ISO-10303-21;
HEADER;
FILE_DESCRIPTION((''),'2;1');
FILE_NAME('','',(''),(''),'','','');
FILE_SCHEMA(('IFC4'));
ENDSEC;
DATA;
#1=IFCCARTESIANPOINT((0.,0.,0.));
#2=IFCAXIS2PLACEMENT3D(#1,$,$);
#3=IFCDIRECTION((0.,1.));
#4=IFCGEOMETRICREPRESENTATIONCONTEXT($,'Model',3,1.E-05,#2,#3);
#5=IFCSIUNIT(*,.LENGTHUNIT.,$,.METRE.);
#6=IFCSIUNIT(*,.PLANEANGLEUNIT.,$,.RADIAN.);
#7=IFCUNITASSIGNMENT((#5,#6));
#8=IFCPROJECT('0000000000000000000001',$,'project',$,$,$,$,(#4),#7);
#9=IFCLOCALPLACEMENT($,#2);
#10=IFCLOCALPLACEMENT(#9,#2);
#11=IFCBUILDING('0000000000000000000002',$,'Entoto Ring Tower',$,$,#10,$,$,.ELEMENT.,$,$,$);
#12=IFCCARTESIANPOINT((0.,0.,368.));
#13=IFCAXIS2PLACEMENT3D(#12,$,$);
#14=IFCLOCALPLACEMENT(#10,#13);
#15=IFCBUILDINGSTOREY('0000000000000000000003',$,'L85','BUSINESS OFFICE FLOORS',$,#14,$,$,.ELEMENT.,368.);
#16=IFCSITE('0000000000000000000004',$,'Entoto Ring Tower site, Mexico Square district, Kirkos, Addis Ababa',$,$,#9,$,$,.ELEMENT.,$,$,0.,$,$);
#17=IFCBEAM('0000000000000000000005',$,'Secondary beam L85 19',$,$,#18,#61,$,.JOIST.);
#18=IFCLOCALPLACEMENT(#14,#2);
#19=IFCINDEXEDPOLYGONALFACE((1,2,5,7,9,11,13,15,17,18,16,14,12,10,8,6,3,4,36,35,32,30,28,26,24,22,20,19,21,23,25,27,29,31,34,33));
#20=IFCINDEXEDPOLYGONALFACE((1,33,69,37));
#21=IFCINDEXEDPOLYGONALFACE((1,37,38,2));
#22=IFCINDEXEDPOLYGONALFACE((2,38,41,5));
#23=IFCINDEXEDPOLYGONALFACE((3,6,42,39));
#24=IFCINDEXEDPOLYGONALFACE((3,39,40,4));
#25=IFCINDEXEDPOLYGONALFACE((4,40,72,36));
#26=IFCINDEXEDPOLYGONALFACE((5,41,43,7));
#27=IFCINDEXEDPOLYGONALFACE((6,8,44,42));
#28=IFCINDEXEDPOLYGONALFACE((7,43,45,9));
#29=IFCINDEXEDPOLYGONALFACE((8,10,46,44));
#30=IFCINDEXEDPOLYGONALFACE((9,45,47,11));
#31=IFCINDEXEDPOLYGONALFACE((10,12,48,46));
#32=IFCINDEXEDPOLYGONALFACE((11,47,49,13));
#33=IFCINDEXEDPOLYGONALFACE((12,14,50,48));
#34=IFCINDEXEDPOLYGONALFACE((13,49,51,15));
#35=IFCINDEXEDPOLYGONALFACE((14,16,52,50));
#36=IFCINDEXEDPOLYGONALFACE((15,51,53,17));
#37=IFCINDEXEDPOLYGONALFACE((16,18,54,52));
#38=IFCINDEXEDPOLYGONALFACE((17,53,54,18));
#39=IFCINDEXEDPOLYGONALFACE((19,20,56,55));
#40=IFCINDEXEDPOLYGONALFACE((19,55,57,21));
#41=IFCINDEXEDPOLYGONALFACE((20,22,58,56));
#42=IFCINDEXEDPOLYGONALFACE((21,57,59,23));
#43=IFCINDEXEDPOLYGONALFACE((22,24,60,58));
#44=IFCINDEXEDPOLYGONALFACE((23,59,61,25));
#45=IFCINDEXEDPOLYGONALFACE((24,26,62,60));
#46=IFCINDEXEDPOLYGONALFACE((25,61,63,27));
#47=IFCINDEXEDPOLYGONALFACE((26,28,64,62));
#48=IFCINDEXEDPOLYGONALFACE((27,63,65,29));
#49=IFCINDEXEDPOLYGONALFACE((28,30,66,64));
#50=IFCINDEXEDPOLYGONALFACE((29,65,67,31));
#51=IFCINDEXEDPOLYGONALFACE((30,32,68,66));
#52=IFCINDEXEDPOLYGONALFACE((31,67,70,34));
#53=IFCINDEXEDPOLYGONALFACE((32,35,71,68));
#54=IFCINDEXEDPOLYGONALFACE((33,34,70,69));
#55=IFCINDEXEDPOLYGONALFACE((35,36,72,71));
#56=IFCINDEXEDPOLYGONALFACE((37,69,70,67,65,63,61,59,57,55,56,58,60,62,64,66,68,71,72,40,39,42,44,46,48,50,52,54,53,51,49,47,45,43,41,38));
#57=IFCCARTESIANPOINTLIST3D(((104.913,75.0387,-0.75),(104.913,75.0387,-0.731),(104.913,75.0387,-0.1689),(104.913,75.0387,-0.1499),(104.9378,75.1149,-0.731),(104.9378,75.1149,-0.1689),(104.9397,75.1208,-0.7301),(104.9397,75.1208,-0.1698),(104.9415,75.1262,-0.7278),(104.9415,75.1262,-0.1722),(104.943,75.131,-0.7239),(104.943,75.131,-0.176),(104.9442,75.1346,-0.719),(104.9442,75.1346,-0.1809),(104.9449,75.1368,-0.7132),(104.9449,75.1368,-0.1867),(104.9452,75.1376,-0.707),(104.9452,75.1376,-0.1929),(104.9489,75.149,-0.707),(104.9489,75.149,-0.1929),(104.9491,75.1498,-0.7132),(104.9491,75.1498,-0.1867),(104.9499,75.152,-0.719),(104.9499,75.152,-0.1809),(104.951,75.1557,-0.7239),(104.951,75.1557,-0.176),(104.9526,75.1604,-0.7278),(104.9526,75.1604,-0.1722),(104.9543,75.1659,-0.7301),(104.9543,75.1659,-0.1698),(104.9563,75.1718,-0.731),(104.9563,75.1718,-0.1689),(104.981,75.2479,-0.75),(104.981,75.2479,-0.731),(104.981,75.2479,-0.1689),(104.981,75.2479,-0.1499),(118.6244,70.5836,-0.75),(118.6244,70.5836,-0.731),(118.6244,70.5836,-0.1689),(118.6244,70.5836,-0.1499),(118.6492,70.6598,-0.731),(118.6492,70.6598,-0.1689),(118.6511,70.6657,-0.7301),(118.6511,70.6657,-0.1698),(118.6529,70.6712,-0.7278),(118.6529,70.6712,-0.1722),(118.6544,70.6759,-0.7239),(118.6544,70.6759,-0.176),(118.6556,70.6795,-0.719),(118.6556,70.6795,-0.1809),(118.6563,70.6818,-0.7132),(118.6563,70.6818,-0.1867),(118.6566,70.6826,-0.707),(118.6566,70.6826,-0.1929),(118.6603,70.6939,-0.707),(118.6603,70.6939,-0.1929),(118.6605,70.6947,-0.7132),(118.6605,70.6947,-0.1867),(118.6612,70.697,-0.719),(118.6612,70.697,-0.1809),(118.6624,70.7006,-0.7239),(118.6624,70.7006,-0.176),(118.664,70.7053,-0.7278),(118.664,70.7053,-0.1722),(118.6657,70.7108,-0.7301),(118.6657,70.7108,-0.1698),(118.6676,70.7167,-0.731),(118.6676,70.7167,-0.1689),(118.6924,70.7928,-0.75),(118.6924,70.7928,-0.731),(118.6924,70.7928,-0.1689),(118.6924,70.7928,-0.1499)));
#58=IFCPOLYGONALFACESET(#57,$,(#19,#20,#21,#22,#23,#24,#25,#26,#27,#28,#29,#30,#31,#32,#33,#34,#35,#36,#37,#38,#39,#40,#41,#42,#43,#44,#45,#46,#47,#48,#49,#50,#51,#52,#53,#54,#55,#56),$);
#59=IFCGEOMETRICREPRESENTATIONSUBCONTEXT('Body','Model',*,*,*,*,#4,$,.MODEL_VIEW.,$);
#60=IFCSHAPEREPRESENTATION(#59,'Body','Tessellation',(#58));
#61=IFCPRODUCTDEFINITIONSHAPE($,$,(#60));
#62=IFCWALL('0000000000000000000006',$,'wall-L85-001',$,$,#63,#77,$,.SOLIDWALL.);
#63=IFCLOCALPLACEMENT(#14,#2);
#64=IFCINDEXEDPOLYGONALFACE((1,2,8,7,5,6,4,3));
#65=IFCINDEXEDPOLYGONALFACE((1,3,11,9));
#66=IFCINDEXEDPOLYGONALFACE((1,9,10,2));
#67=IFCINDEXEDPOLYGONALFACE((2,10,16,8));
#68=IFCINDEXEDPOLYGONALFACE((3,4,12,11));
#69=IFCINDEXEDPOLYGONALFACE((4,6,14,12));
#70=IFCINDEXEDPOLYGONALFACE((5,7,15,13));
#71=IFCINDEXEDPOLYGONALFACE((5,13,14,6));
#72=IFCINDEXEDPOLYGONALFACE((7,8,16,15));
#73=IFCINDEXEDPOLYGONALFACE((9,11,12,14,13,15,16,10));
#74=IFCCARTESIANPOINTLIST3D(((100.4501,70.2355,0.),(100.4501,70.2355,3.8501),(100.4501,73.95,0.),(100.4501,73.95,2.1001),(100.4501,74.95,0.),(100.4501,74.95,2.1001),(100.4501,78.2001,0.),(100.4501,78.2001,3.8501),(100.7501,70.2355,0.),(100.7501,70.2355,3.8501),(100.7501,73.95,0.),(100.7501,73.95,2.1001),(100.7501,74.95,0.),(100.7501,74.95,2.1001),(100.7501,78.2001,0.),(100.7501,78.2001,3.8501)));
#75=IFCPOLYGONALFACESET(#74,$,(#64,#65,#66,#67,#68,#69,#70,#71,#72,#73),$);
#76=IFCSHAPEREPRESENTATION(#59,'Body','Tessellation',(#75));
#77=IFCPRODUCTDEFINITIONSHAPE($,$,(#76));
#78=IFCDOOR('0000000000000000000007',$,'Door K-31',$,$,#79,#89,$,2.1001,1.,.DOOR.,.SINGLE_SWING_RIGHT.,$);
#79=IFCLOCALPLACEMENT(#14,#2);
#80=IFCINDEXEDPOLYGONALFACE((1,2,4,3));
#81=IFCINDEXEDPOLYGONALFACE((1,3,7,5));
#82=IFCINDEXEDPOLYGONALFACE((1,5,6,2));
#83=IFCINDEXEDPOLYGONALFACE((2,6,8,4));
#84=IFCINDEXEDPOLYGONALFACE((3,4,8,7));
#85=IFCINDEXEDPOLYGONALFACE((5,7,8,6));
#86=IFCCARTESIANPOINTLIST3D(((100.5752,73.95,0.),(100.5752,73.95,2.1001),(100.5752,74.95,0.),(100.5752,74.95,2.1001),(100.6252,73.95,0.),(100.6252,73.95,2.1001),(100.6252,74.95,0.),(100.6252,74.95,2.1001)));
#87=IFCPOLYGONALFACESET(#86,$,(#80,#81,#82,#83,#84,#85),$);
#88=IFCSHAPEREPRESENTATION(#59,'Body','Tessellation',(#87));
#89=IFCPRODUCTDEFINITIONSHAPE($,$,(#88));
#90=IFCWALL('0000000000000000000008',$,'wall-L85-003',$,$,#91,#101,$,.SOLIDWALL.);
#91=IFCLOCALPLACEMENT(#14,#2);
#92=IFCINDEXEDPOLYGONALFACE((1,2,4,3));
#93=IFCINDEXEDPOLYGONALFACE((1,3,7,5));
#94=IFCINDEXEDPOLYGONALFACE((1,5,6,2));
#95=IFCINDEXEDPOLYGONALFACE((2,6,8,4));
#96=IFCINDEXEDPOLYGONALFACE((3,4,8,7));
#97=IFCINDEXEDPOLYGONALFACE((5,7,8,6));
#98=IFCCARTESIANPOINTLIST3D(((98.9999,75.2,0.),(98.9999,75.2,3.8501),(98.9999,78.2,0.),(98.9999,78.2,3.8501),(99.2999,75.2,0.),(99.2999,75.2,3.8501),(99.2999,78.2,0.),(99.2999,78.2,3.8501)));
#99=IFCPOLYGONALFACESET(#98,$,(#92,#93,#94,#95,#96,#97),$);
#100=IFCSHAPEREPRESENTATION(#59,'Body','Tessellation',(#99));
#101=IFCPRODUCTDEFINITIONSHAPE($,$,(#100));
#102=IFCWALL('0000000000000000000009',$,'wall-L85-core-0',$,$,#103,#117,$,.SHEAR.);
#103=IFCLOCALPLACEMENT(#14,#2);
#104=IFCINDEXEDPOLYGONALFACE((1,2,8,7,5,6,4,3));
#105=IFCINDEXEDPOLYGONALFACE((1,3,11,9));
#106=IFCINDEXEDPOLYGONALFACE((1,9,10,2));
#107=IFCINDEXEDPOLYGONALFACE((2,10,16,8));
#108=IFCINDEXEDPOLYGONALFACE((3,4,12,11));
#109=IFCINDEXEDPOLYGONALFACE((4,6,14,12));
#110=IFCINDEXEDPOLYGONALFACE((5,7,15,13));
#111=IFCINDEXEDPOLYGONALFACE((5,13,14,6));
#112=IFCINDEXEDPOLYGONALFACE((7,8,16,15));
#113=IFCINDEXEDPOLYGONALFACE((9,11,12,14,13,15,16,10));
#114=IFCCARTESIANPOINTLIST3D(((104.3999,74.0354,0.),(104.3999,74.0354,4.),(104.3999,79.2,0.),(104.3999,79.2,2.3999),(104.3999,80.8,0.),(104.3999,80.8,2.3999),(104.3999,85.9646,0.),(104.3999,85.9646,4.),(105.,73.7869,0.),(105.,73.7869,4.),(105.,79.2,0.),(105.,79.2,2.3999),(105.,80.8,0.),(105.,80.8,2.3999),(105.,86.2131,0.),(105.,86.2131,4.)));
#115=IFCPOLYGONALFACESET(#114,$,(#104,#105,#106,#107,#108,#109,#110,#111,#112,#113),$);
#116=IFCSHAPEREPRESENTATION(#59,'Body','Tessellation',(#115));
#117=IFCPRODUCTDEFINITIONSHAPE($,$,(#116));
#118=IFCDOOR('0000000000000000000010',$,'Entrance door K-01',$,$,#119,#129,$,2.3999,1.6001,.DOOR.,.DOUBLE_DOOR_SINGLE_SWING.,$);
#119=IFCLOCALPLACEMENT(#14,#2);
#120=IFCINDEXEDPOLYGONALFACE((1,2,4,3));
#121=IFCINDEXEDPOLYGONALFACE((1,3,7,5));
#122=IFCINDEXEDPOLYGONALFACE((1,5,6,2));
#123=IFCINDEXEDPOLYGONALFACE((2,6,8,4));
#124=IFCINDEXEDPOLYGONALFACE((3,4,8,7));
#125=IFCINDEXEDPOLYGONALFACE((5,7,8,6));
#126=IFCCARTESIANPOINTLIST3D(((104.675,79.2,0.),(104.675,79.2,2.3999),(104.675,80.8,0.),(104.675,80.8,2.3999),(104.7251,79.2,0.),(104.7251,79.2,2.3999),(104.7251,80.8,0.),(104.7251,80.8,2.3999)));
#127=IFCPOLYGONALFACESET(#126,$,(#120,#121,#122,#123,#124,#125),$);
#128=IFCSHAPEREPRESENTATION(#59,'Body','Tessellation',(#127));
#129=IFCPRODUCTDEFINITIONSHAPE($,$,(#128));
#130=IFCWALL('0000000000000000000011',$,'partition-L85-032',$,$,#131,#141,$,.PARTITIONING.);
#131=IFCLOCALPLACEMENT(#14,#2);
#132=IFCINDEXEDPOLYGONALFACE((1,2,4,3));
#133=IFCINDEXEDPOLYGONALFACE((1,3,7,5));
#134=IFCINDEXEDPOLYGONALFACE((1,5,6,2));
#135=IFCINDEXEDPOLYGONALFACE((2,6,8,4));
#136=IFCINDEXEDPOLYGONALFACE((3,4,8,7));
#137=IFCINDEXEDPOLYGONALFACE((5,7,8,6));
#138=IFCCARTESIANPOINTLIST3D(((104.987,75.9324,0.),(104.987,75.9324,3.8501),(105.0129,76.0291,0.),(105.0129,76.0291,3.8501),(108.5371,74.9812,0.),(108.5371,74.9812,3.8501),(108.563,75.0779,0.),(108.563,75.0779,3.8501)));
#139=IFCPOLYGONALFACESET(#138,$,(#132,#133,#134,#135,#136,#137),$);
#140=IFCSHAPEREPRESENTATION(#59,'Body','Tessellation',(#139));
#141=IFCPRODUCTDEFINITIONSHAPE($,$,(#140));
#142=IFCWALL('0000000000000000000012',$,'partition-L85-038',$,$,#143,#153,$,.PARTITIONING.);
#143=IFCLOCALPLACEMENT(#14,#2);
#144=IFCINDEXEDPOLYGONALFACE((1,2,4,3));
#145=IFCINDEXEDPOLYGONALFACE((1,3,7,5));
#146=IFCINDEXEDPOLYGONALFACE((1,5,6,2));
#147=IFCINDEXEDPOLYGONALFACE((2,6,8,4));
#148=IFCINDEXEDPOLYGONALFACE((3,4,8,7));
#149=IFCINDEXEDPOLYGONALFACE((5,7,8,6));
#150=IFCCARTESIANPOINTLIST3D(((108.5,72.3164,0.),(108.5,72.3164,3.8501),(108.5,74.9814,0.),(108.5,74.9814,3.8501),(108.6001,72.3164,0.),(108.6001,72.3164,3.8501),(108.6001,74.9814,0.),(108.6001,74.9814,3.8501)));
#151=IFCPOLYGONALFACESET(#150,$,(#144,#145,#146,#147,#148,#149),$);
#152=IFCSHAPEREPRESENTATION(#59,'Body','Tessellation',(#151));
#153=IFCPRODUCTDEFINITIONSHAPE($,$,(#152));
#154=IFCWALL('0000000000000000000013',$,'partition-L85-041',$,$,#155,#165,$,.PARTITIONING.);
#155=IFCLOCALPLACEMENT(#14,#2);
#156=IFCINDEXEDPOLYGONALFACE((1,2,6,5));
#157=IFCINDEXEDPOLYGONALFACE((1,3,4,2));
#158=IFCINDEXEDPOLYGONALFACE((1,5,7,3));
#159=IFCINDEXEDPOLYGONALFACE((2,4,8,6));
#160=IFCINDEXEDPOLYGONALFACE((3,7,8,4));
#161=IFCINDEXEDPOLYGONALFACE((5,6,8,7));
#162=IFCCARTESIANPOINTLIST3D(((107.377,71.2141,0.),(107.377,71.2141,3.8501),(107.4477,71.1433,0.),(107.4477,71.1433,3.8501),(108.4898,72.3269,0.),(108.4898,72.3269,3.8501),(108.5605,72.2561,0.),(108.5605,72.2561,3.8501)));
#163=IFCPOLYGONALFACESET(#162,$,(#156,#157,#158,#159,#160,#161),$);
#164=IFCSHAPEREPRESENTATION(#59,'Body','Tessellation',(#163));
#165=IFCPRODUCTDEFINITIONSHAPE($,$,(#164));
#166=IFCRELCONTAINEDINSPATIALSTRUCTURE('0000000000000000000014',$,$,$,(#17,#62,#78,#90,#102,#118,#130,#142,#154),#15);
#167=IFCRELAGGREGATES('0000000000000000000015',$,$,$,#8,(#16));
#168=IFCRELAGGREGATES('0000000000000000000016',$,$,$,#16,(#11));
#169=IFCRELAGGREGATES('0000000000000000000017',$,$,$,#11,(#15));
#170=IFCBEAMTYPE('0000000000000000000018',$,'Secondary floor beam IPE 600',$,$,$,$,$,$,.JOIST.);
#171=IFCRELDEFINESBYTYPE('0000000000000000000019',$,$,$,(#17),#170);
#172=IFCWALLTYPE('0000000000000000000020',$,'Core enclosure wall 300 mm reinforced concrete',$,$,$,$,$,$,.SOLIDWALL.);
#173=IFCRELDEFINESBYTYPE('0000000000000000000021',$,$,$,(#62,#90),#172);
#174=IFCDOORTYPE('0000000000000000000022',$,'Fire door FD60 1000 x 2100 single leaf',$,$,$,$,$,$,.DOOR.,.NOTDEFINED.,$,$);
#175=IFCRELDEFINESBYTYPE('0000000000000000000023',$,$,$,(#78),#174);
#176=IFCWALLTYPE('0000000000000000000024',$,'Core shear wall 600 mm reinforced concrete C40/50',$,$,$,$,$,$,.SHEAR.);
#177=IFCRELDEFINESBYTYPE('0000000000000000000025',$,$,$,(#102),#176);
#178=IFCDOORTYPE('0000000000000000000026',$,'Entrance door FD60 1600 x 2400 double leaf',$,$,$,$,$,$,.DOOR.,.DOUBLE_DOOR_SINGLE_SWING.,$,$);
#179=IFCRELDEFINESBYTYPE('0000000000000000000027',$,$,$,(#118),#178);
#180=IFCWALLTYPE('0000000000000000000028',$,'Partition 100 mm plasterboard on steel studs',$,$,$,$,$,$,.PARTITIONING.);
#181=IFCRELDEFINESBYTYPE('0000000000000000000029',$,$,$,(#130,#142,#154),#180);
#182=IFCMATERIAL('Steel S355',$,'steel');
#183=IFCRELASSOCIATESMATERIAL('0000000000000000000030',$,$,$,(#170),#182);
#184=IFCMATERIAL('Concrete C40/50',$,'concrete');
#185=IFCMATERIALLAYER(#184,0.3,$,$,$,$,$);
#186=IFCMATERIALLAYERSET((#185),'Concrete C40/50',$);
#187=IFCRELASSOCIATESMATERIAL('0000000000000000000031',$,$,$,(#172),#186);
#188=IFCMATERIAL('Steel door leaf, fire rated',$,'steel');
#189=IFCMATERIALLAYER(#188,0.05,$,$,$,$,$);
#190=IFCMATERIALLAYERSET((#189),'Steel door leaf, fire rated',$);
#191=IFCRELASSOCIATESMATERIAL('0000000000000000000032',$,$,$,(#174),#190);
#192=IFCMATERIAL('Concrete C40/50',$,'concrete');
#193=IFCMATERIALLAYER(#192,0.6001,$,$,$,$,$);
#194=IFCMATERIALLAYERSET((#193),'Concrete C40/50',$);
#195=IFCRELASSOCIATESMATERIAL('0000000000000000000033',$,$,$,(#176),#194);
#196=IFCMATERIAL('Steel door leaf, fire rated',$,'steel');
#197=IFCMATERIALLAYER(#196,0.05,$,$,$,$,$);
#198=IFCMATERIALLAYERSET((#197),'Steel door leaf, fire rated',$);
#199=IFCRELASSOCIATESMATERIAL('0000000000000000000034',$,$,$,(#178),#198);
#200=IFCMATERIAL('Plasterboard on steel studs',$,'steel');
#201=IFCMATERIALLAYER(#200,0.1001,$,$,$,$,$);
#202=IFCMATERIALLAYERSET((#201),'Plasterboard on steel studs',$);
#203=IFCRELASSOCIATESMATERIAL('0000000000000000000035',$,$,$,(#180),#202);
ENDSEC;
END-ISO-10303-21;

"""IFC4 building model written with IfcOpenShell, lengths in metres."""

from ifc_helpers import new_model, si_unit, direction, frame, frame_2d, origin, origin_2d, place, context, subcontext, project, spatial, polyline, rectangle, i_section, outline, extrude, material, layer, layer_set, material_profile, profile_set, type_object, element, fill, save


model = new_model("IFC4")

# Units and contexts
model_context = context("Model", 3, precision=1e-05, world=origin(), true_north=direction((0.0, 1.0)))
body_context = subcontext(model_context, "Body", "Model", "MODEL_VIEW")
ifc_project = project(units=[si_unit("LENGTHUNIT", "METRE"), si_unit("PLANEANGLEUNIT", "RADIAN")], contexts=[model_context])

# Site, building, storey
site_placement = place(None, origin())
site = spatial("IfcSite", under=ifc_project, at=site_placement, Name="Entoto Ring Tower site, Mexico Square district, Kirkos, Addis Ababa", CompositionType="ELEMENT", RefElevation=0.0)
building_placement = place(site_placement, origin())
building = spatial("IfcBuilding", under=site, at=building_placement, Name="Entoto Ring Tower", CompositionType="ELEMENT")
storey_placement = place(building_placement, frame((0.0, 0.0, 368.0)))
storey = spatial("IfcBuildingStorey", under=building, at=storey_placement, Name="L85", Description="BUSINESS OFFICE FLOORS", CompositionType="ELEMENT", Elevation=368.0)

# Beam
ifc_material_1 = material(Name="Steel S355", Category="steel")
ifc_material_profile_1 = material_profile(ifc_material_1, i_section(OverallWidth=0.22, OverallDepth=0.6001, WebThickness=0.012, FlangeThickness=0.019, FilletRadius=0.0239, at=origin_2d()), Name="IPE 600")
ifc_profile_set_1 = profile_set([ifc_material_profile_1], Name="Steel S355")
beam_type_1 = type_object("IfcBeamType", Name="Secondary floor beam IPE 600", PredefinedType="JOIST", material=ifc_profile_set_1)
beam_1_placement = place(storey_placement, frame((104.947, 75.1433, -0.45), z_axis=(0.951057, -0.309015, 0.0), x_axis=(0.309015, 0.951057, 0.0)))
element("IfcBeam", 1, at=beam_1_placement, inside=storey, type_object=beam_type_1, Name="Secondary beam L85 19", PredefinedType="JOIST", context=body_context, shape_type="SweptSolid", body=[
    extrude(i_section(OverallWidth=0.22, OverallDepth=0.6001, WebThickness=0.012, FlangeThickness=0.019, FilletRadius=0.0239, at=origin_2d()), origin(), (0.0, 0.0, 1.0), 14.417),
])

# Wall, opening, door
ifc_material_2 = material(Name="Concrete C40/50", Category="concrete")
ifc_layer_1 = layer(ifc_material_2, 0.3)
ifc_layer_set_1 = layer_set([ifc_layer_1], Name="Concrete C40/50")
wall_type_1 = type_object("IfcWallType", Name="Core enclosure wall 300 mm reinforced concrete", PredefinedType="SOLIDWALL", material=ifc_layer_set_1)
wall_1_placement = place(storey_placement, frame((100.6001, 70.2354, 0.0), z_axis=(0.0, 0.0, 1.0), x_axis=(0.0, 1.0, 0.0)))
wall_1 = element("IfcWall", 2, at=wall_1_placement, inside=storey, type_object=wall_type_1, Name="wall-L85-001", PredefinedType="SOLIDWALL", context=body_context, shape_type="SweptSolid", body=[
    extrude(rectangle(XDim=7.9646, YDim=0.3, at=frame_2d((3.9824, 0.0))), origin(), (0.0, 0.0, 1.0), 3.8501),
])
opening_1_placement = place(wall_1_placement, frame((3.7146, 0.0, 0.0)))
opening_1 = element("IfcOpeningElement", 3, at=opening_1_placement, cuts=wall_1, PredefinedType="OPENING", context=body_context, shape_type="SweptSolid", body=[
    extrude(rectangle(XDim=1.0, YDim=2.1001, at=frame_2d((0.5, 1.05))), frame((0.0, 0.1602, 0.0), z_axis=(0.0, -1.0, 0.0), x_axis=(1.0, 0.0, 0.0)), (0.0, 0.0, 1.0), 0.3201),
])
ifc_material_3 = material(Name="Steel door leaf, fire rated", Category="steel")
ifc_layer_2 = layer(ifc_material_3, 0.05)
ifc_layer_set_2 = layer_set([ifc_layer_2], Name="Steel door leaf, fire rated")
door_type_1 = type_object("IfcDoorType", Name="Fire door FD60 1000 x 2100 single leaf", OperationType="NOTDEFINED", PredefinedType="DOOR", material=ifc_layer_set_2)
door_1_placement = place(opening_1_placement, origin())
door_1 = element("IfcDoor", 4, at=door_1_placement, inside=storey, type_object=door_type_1, Name="Door K-31", OperationType="SINGLE_SWING_RIGHT", OverallHeight=2.1001, OverallWidth=1.0, PredefinedType="DOOR", context=body_context, shape_type="SweptSolid", body=[
    extrude(rectangle(XDim=1.0, YDim=2.1001, at=frame_2d((0.5, 1.05))), frame((0.0, 0.0249, 0.0), z_axis=(0.0, -1.0, 0.0), x_axis=(1.0, 0.0, 0.0)), (0.0, 0.0, 1.0), 0.05),
])
fill(opening_1, door_1)

# Wall
wall_2_placement = place(storey_placement, frame((99.1499, 75.2, 0.0), z_axis=(0.0, 0.0, 1.0), x_axis=(0.0, 1.0, 0.0)))
element("IfcWall", 5, at=wall_2_placement, inside=storey, type_object=wall_type_1, Name="wall-L85-003", PredefinedType="SOLIDWALL", context=body_context, shape_type="SweptSolid", body=[
    extrude(rectangle(XDim=3.0, YDim=0.3, at=frame_2d((1.5, 0.0))), origin(), (0.0, 0.0, 1.0), 3.8501),
])

# Wall, opening, door
ifc_material_4 = material(Name="Concrete C40/50", Category="concrete")
ifc_layer_3 = layer(ifc_material_4, 0.6001)
ifc_layer_set_3 = layer_set([ifc_layer_3], Name="Concrete C40/50")
wall_type_2 = type_object("IfcWallType", Name="Core shear wall 600 mm reinforced concrete C40/50", PredefinedType="SHEAR", material=ifc_layer_set_3)
wall_3_placement = place(storey_placement, frame((104.7, 73.9111, 0.0), z_axis=(0.0, 0.0, 1.0), x_axis=(0.0, 1.0, 0.0)))
wall_3 = element("IfcWall", 6, at=wall_3_placement, inside=storey, type_object=wall_type_2, Name="wall-L85-core-0", PredefinedType="SHEAR", context=body_context, shape_type="SweptSolid", body=[
    extrude(outline(polyline([(-0.1243, -0.3), (12.302, -0.3), (12.0535, 0.3), (0.1243, 0.3), (-0.1243, -0.3)])), origin(), (0.0, 0.0, 1.0), 4.0),
])
opening_2_placement = place(wall_3_placement, frame((5.2888, 0.0, 0.0)))
opening_2 = element("IfcOpeningElement", 7, at=opening_2_placement, cuts=wall_3, PredefinedType="OPENING", context=body_context, shape_type="SweptSolid", body=[
    extrude(rectangle(XDim=1.6001, YDim=2.3999, at=frame_2d((0.8, 1.2))), frame((0.0, 0.3101, 0.0), z_axis=(0.0, -1.0, 0.0), x_axis=(1.0, 0.0, 0.0)), (0.0, 0.0, 1.0), 0.6201),
])
ifc_material_5 = material(Name="Steel door leaf, fire rated", Category="steel")
ifc_layer_4 = layer(ifc_material_5, 0.05)
ifc_layer_set_4 = layer_set([ifc_layer_4], Name="Steel door leaf, fire rated")
door_type_2 = type_object("IfcDoorType", Name="Entrance door FD60 1600 x 2400 double leaf", OperationType="DOUBLE_DOOR_SINGLE_SWING", PredefinedType="DOOR", material=ifc_layer_set_4)
door_2_placement = place(opening_2_placement, origin())
door_2 = element("IfcDoor", 8, at=door_2_placement, inside=storey, type_object=door_type_2, Name="Entrance door K-01", OperationType="DOUBLE_DOOR_SINGLE_SWING", OverallHeight=2.3999, OverallWidth=1.6001, PredefinedType="DOOR", context=body_context, shape_type="SweptSolid", body=[
    extrude(rectangle(XDim=1.6001, YDim=2.3999, at=frame_2d((0.8, 1.2))), frame((0.0, 0.0249, 0.0), z_axis=(0.0, -1.0, 0.0), x_axis=(1.0, 0.0, 0.0)), (0.0, 0.0, 1.0), 0.05),
])
fill(opening_2, door_2)

# Walls
ifc_material_6 = material(Name="Plasterboard on steel studs", Category="steel")
ifc_layer_5 = layer(ifc_material_6, 0.1001)
ifc_layer_set_5 = layer_set([ifc_layer_5], Name="Plasterboard on steel studs")
wall_type_3 = type_object("IfcWallType", Name="Partition 100 mm plasterboard on steel studs", PredefinedType="PARTITIONING", material=ifc_layer_set_5)
wall_4_placement = place(storey_placement, frame((108.55, 75.0295, 0.0), z_axis=(0.0, 0.0, 1.0), x_axis=(-0.96593, 0.258804, 0.0)))
element("IfcWall", 9, at=wall_4_placement, inside=storey, type_object=wall_type_3, Name="partition-L85-032", PredefinedType="PARTITIONING", context=body_context, shape_type="SweptSolid", body=[
    extrude(rectangle(XDim=3.6753, YDim=0.1001, at=frame_2d((1.8376, 0.0))), origin(), (0.0, 0.0, 1.0), 3.8501),
])
wall_5_placement = place(storey_placement, frame((108.55, 72.3164, 0.0), z_axis=(0.0, 0.0, 1.0), x_axis=(0.0, 1.0, 0.0)))
element("IfcWall", 10, at=wall_5_placement, inside=storey, type_object=wall_type_3, Name="partition-L85-038", PredefinedType="PARTITIONING", context=body_context, shape_type="SweptSolid", body=[
    extrude(rectangle(XDim=2.665, YDim=0.1001, at=frame_2d((1.3325, 0.0))), origin(), (0.0, 0.0, 1.0), 3.8501),
])
wall_6_placement = place(storey_placement, frame((107.4124, 71.1787, 0.0), z_axis=(0.0, 0.0, 1.0), x_axis=(0.707107, 0.707107, 0.0)))
element("IfcWall", 11, at=wall_6_placement, inside=storey, type_object=wall_type_3, Name="partition-L85-041", PredefinedType="PARTITIONING", context=body_context, shape_type="SweptSolid", body=[
    extrude(rectangle(XDim=1.5737, YDim=0.1001, at=frame_2d((0.7869, 0.0))), origin(), (0.0, 0.0, 1.0), 3.8501),
])

save(model, "model.ifc")
